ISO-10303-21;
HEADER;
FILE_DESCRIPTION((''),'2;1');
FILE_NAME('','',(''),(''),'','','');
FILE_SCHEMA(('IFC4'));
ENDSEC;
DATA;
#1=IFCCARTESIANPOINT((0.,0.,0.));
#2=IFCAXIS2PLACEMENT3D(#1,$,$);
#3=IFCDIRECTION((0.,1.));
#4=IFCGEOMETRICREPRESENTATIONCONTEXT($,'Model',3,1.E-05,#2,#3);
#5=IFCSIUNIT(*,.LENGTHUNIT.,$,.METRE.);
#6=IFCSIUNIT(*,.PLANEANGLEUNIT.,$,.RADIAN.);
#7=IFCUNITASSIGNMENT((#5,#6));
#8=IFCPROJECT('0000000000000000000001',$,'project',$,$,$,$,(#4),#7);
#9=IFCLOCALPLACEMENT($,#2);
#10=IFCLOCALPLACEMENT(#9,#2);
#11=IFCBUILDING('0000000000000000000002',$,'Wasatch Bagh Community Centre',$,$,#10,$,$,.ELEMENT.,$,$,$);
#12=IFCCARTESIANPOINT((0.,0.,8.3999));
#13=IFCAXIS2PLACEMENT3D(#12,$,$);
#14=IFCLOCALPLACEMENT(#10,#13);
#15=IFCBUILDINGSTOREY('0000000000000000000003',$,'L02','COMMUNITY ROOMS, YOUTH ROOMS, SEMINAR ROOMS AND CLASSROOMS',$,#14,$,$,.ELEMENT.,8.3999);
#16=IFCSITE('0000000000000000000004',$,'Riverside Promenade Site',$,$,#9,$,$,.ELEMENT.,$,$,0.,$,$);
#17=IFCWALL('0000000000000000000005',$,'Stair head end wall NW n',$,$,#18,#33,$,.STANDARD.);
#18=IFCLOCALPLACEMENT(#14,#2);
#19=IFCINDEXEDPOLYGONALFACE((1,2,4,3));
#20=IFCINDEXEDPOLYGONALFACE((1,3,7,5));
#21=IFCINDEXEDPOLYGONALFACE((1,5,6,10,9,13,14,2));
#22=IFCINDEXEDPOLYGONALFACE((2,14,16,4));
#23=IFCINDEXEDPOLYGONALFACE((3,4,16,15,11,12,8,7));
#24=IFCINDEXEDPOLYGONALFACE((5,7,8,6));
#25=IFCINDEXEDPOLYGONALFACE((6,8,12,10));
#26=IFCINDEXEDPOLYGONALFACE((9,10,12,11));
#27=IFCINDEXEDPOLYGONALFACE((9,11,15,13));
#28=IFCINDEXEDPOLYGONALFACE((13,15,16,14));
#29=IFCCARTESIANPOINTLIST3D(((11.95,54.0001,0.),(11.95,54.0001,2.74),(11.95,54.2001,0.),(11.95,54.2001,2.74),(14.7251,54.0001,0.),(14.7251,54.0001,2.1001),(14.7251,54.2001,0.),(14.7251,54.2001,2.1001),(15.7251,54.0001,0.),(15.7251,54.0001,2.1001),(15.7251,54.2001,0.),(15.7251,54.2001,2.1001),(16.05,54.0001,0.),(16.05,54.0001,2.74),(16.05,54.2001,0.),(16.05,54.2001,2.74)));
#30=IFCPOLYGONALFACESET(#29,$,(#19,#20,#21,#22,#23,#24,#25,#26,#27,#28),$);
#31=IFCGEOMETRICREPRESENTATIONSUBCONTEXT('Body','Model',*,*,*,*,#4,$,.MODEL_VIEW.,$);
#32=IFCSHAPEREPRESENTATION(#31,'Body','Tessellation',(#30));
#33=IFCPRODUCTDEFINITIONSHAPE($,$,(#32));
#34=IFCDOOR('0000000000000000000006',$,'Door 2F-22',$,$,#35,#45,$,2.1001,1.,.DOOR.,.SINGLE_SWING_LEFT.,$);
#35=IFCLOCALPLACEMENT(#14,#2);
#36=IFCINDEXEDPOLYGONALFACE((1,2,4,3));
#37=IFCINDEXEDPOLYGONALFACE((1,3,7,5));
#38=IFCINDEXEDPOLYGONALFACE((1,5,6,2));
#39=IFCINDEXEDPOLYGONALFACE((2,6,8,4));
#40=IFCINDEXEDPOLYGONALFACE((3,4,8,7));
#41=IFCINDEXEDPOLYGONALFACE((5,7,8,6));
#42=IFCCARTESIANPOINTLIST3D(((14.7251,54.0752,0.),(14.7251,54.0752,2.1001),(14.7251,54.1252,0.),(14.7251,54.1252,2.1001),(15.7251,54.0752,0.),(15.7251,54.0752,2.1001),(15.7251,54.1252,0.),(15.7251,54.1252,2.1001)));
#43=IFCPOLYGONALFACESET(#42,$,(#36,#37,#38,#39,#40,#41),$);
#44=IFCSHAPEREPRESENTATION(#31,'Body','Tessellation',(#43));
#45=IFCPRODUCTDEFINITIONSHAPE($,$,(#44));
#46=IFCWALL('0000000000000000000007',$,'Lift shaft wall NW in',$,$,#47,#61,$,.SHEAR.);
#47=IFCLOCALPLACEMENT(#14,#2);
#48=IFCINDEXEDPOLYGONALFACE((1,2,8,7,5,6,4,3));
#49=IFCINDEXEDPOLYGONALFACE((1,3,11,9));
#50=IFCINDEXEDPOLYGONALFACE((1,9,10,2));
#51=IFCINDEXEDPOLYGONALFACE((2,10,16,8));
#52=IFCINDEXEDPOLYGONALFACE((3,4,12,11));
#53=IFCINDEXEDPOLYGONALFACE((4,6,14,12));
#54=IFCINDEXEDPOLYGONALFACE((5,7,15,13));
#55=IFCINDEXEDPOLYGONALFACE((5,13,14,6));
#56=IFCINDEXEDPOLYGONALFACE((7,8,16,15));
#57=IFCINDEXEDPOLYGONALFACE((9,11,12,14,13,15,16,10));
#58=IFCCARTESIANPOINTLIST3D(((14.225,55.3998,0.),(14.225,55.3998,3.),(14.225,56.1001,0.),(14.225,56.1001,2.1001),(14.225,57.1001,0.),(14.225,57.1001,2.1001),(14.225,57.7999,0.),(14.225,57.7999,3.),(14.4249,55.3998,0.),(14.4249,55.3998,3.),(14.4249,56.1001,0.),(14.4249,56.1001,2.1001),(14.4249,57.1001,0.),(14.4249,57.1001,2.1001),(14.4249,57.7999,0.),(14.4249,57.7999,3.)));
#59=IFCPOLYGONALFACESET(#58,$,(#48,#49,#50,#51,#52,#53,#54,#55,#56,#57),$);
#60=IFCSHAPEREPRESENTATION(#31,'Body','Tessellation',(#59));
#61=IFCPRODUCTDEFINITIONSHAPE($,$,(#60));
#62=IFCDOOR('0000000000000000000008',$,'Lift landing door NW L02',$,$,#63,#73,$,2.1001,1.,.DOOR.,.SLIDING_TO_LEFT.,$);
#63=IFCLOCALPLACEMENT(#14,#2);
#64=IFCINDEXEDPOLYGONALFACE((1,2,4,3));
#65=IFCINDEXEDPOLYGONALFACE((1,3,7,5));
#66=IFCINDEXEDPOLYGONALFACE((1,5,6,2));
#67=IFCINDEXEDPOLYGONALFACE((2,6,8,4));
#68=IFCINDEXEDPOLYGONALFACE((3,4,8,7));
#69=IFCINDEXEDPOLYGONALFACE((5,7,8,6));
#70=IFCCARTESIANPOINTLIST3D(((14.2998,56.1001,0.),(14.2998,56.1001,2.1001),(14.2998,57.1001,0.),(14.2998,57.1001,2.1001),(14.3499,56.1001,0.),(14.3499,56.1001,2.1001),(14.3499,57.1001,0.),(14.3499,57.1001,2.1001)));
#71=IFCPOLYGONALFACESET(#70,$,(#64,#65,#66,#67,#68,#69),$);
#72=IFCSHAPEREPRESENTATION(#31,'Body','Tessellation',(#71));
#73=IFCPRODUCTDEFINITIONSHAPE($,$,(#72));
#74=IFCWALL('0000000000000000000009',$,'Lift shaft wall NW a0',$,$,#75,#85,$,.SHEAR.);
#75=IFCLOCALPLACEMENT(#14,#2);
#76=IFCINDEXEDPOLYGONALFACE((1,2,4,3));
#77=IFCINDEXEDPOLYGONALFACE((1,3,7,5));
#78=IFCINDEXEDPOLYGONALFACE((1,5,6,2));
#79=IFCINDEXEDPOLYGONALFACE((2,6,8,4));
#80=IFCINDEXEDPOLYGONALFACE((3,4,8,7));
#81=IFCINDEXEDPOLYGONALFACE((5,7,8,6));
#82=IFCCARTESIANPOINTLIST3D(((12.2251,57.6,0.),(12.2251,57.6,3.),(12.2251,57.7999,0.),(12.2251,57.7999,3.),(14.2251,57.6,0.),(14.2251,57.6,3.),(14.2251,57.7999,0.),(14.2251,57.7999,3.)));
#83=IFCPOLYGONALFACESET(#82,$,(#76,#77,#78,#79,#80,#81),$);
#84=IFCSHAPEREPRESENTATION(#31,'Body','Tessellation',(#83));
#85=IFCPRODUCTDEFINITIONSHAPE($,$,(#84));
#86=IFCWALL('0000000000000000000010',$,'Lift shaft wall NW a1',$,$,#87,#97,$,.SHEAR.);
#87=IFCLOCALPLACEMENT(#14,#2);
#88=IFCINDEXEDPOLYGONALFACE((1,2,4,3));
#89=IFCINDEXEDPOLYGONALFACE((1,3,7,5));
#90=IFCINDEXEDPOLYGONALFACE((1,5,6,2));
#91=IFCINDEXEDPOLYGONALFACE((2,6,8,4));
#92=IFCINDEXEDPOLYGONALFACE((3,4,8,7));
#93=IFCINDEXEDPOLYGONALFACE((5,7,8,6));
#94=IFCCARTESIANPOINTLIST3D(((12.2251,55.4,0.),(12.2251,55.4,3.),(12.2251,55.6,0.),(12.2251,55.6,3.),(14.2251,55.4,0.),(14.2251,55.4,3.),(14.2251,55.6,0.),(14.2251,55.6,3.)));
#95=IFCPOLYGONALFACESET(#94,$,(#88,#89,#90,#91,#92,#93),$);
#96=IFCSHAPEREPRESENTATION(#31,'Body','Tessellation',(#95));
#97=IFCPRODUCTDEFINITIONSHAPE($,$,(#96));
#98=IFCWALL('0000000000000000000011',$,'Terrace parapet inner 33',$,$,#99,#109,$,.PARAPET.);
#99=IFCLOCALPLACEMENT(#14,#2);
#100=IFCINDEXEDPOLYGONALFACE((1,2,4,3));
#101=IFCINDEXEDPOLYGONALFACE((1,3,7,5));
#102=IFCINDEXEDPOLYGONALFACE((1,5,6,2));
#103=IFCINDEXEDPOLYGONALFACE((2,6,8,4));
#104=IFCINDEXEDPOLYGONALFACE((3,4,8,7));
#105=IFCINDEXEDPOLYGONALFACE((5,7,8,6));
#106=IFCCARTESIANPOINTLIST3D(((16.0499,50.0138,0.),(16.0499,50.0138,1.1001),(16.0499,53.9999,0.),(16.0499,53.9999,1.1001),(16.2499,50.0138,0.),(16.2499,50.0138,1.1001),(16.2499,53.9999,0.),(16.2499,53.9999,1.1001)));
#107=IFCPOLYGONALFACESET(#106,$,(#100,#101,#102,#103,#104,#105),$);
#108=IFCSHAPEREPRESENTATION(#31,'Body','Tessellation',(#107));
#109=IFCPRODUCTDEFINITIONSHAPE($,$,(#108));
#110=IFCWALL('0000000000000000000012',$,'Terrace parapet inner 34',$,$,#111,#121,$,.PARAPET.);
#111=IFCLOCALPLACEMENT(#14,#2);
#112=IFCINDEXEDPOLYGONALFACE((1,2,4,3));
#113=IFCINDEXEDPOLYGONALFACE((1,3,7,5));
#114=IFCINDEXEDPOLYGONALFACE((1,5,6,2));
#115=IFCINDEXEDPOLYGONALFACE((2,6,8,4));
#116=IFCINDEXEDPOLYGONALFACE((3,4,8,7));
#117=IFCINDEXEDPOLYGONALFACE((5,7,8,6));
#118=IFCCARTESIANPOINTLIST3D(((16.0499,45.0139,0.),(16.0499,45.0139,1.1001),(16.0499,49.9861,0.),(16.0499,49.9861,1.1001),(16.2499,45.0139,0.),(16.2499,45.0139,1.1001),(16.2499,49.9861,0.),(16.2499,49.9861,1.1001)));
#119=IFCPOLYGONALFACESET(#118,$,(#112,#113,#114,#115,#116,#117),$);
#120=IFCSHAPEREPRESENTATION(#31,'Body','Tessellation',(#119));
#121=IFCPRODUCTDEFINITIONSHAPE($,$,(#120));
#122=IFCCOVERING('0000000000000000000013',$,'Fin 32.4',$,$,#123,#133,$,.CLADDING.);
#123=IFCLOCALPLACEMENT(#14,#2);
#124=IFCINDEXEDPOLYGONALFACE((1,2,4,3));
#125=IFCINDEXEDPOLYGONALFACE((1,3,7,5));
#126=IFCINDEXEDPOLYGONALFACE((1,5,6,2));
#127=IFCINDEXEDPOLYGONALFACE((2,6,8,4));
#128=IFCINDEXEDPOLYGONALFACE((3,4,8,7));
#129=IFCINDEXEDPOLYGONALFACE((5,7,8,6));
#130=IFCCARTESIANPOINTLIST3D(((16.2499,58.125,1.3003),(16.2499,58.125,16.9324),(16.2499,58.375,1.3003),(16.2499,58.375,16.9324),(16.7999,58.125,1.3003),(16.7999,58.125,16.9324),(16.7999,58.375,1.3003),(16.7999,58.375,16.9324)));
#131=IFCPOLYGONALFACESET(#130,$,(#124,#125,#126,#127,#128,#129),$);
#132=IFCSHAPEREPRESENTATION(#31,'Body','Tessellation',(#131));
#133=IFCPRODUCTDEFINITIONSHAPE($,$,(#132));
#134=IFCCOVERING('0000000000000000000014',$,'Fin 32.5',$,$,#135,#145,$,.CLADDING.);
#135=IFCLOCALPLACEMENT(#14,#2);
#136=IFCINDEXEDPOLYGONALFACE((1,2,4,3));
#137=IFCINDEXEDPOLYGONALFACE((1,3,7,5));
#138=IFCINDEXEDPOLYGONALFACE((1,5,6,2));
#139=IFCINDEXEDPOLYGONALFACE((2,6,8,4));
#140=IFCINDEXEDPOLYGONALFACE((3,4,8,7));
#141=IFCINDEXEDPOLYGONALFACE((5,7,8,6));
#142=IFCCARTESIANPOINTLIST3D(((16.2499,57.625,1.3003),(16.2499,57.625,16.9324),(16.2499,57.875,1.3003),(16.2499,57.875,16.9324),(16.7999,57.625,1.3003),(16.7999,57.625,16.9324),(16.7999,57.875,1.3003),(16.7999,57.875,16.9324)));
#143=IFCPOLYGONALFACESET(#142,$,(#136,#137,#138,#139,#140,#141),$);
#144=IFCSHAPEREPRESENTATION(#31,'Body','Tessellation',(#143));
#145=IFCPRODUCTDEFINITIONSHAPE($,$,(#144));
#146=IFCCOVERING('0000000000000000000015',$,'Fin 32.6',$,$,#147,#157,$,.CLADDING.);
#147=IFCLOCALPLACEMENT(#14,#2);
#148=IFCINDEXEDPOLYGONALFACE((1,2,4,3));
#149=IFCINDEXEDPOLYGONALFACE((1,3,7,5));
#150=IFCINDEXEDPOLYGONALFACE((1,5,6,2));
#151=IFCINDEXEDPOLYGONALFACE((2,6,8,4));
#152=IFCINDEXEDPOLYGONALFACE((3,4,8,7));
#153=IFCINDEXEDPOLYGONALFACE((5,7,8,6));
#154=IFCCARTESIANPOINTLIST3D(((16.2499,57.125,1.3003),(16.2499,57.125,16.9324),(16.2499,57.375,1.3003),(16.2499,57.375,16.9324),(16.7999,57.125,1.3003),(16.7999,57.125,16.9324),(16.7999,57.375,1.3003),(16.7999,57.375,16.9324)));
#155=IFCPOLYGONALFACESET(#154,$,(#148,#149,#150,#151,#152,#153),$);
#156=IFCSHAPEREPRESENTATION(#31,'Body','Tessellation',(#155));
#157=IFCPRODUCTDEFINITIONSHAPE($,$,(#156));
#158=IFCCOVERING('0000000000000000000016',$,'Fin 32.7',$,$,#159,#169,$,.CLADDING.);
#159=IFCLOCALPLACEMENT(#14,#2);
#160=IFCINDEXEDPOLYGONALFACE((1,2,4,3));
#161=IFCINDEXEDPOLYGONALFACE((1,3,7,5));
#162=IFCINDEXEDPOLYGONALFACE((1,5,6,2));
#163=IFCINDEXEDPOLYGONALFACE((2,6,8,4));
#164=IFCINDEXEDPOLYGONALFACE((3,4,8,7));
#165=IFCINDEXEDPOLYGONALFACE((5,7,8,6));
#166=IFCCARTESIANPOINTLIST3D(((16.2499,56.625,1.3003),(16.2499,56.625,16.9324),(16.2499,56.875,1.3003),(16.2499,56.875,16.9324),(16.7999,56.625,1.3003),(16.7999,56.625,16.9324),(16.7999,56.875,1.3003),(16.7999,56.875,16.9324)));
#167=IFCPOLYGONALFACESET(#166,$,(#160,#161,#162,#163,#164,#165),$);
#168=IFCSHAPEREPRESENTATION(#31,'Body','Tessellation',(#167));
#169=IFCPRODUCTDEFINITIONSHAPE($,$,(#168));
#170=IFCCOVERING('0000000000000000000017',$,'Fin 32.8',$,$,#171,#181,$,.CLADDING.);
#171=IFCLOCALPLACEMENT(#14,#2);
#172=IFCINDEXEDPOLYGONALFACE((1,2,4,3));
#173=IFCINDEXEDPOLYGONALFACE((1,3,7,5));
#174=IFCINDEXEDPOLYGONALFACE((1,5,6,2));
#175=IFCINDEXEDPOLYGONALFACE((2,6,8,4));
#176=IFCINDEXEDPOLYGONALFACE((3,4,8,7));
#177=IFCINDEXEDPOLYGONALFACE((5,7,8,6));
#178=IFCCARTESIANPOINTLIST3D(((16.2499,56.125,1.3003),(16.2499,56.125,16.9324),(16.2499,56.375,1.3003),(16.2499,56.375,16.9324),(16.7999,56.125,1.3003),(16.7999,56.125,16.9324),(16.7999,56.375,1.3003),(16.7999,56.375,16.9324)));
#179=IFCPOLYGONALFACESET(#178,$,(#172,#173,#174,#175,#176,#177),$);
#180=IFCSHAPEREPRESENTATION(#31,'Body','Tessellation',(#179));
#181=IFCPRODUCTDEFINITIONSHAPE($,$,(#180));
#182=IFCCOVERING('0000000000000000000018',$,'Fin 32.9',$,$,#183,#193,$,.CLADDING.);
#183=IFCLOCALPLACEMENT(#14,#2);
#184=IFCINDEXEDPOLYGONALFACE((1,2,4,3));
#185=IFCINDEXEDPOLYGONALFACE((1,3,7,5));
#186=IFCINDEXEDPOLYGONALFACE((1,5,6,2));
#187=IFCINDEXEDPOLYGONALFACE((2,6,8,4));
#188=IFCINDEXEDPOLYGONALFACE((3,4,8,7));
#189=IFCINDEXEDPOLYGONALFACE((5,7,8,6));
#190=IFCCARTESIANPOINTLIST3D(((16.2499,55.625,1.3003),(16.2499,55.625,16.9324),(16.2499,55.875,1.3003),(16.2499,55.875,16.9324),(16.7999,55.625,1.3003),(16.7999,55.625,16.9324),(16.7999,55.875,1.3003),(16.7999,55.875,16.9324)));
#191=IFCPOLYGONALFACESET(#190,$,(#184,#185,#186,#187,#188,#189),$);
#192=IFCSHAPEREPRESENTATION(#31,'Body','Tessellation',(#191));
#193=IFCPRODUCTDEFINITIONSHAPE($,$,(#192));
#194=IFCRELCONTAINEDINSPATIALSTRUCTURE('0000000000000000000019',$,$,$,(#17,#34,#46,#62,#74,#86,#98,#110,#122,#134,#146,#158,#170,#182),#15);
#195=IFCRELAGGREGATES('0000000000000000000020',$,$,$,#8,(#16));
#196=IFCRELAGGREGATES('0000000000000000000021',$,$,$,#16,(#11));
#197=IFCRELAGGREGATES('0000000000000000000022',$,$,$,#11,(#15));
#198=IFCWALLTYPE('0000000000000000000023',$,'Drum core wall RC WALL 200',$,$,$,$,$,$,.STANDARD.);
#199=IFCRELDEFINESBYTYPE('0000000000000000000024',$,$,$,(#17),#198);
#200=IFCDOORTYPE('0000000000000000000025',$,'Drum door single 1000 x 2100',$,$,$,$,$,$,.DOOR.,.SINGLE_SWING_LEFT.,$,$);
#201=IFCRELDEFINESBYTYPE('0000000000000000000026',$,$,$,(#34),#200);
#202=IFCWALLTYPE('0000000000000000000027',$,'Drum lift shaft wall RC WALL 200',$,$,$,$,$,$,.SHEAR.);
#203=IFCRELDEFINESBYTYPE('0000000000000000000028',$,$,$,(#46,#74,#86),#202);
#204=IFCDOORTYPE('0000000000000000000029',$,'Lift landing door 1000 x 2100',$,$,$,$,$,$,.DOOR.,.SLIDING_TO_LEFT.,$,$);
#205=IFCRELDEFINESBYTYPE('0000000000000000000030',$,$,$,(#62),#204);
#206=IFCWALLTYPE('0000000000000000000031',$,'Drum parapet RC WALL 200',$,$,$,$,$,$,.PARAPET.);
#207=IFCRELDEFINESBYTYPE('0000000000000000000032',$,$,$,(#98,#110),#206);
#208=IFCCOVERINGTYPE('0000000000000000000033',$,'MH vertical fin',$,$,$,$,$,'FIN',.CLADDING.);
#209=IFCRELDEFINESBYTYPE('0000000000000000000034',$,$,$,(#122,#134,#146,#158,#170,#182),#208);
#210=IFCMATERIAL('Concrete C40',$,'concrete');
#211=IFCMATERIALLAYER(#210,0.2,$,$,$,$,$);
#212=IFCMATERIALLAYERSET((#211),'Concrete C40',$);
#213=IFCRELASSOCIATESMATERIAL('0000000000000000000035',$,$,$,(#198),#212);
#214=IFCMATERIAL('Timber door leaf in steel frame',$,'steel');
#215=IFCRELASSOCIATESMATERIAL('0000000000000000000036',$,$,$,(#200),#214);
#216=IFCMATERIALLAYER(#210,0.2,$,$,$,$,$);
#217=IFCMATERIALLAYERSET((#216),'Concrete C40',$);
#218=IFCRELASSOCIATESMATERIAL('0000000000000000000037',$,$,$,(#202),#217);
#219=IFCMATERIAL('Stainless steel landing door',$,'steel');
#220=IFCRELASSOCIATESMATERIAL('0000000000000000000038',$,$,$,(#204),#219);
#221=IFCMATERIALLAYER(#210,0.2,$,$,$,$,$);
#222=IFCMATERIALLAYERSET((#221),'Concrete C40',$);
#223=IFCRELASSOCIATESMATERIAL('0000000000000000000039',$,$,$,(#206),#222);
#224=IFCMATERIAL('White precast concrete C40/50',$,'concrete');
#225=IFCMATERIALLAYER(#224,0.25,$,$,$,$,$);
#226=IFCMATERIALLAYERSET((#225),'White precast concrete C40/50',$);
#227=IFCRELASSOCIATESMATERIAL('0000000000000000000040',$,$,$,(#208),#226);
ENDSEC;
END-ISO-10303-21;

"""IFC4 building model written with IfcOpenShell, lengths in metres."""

from ifc_helpers import new_model, si_unit, direction, frame, frame_2d, origin, origin_2d, place, context, subcontext, project, spatial, rectangle, extrude, material, layer, layer_set, type_object, element, fill, save


model = new_model("IFC4")

# Units and contexts
model_context = context("Model", 3, precision=1e-05, world=origin(), true_north=direction((0.0, 1.0)))
body_context = subcontext(model_context, "Body", "Model", "MODEL_VIEW")
ifc_project = project(units=[si_unit("LENGTHUNIT", "METRE"), si_unit("PLANEANGLEUNIT", "RADIAN")], contexts=[model_context])

# Site, building, storey
site_placement = place(None, origin())
site = spatial("IfcSite", under=ifc_project, at=site_placement, Name="Riverside Promenade Site", CompositionType="ELEMENT", RefElevation=0.0)
building_placement = place(site_placement, origin())
building = spatial("IfcBuilding", under=site, at=building_placement, Name="Wasatch Bagh Community Centre", CompositionType="ELEMENT")
storey_placement = place(building_placement, frame((0.0, 0.0, 8.3999)))
storey = spatial("IfcBuildingStorey", under=building, at=storey_placement, Name="L02", Description="COMMUNITY ROOMS, YOUTH ROOMS, SEMINAR ROOMS AND CLASSROOMS", CompositionType="ELEMENT", Elevation=8.3999)

# Walls, openings, doors
ifc_material_1 = material(Name="Concrete C40", Category="concrete")
ifc_layer_1 = layer(ifc_material_1, 0.2)
ifc_layer_set_1 = layer_set([ifc_layer_1], Name="Concrete C40")
wall_type_1 = type_object("IfcWallType", Name="Drum core wall RC WALL 200", PredefinedType="STANDARD", material=ifc_layer_set_1)
wall_1_placement = place(storey_placement, frame((16.05, 54.1001, 0.0), z_axis=(0.0, 0.0, 1.0), x_axis=(-1.0, 0.0, 0.0)))
wall_1 = element("IfcWall", 1, at=wall_1_placement, inside=storey, type_object=wall_type_1, Name="Stair head end wall NW n", PredefinedType="STANDARD", context=body_context, shape_type="SweptSolid", body=[
    extrude(rectangle(XDim=4.1001, YDim=0.2, at=frame_2d((2.05, 0.0))), origin(), (0.0, 0.0, 1.0), 2.74),
])
opening_1_placement = place(wall_1_placement, frame((0.325, 0.0, 0.0)))
opening_1 = element("IfcOpeningElement", 2, at=opening_1_placement, cuts=wall_1, PredefinedType="OPENING", context=body_context, shape_type="SweptSolid", body=[
    extrude(rectangle(XDim=1.0, YDim=2.1001, at=frame_2d((0.5, 1.05))), frame((0.0, 0.1099, 0.0), z_axis=(0.0, -1.0, 0.0), x_axis=(1.0, 0.0, 0.0)), (0.0, 0.0, 1.0), 0.22),
])
ifc_material_2 = material(Name="Timber door leaf in steel frame", Category="steel")
door_type_1 = type_object("IfcDoorType", Name="Drum door single 1000 x 2100", OperationType="SINGLE_SWING_LEFT", PredefinedType="DOOR", material=ifc_material_2)
door_1_placement = place(opening_1_placement, origin())
door_1 = element("IfcDoor", 3, at=door_1_placement, inside=storey, type_object=door_type_1, Name="Door 2F-22", OperationType="SINGLE_SWING_LEFT", OverallHeight=2.1001, OverallWidth=1.0, PredefinedType="DOOR", context=body_context, shape_type="SweptSolid", body=[
    extrude(rectangle(XDim=1.0, YDim=2.1001, at=frame_2d((0.5, 1.05))), frame((0.0, 0.0249, 0.0), z_axis=(0.0, -1.0, 0.0), x_axis=(1.0, 0.0, 0.0)), (0.0, 0.0, 1.0), 0.05),
])
fill(opening_1, door_1)
ifc_layer_2 = layer(ifc_material_1, 0.2)
ifc_layer_set_2 = layer_set([ifc_layer_2], Name="Concrete C40")
wall_type_2 = type_object("IfcWallType", Name="Drum lift shaft wall RC WALL 200", PredefinedType="SHEAR", material=ifc_layer_set_2)
wall_2_placement = place(storey_placement, frame((14.325, 57.8, 0.0), z_axis=(0.0, 0.0, 1.0), x_axis=(0.0, -1.0, 0.0)))
wall_2 = element("IfcWall", 4, at=wall_2_placement, inside=storey, type_object=wall_type_2, Name="Lift shaft wall NW in", PredefinedType="SHEAR", context=body_context, shape_type="SweptSolid", body=[
    extrude(rectangle(XDim=2.4001, YDim=0.2, at=frame_2d((1.2002, 0.0))), origin(), (0.0, 0.0, 1.0), 3.0),
])
opening_2_placement = place(wall_2_placement, frame((0.7, 0.0, 0.0)))
opening_2 = element("IfcOpeningElement", 5, at=opening_2_placement, cuts=wall_2, PredefinedType="OPENING", context=body_context, shape_type="SweptSolid", body=[
    extrude(rectangle(XDim=1.0, YDim=2.1001, at=frame_2d((0.5, 1.05))), frame((0.0, 0.1099, 0.0), z_axis=(0.0, -1.0, 0.0), x_axis=(1.0, 0.0, 0.0)), (0.0, 0.0, 1.0), 0.22),
])
ifc_material_3 = material(Name="Stainless steel landing door", Category="steel")
door_type_2 = type_object("IfcDoorType", Name="Lift landing door 1000 x 2100", OperationType="SLIDING_TO_LEFT", PredefinedType="DOOR", material=ifc_material_3)
door_2_placement = place(opening_2_placement, origin())
door_2 = element("IfcDoor", 6, at=door_2_placement, inside=storey, type_object=door_type_2, Name="Lift landing door NW L02", OperationType="SLIDING_TO_LEFT", OverallHeight=2.1001, OverallWidth=1.0, PredefinedType="DOOR", context=body_context, shape_type="SweptSolid", body=[
    extrude(rectangle(XDim=1.0, YDim=2.1001, at=frame_2d((0.5, 1.05))), frame((0.0, 0.0249, 0.0), z_axis=(0.0, -1.0, 0.0), x_axis=(1.0, 0.0, 0.0)), (0.0, 0.0, 1.0), 0.05),
])
fill(opening_2, door_2)

# Walls
for number, where, z_axis, x_axis, name in (
    (7, (14.2251, 57.7, 0.0), (0.0, 0.0, 1.0), (-1.0, 0.0, 0.0), "Lift shaft wall NW a0"),
    (8, (14.2251, 55.5, 0.0), (0.0, 0.0, 1.0), (-1.0, 0.0, 0.0), "Lift shaft wall NW a1"),
):
    element("IfcWall", number, at=place(storey_placement, frame(where, z_axis=z_axis, x_axis=x_axis)), inside=storey, type_object=wall_type_2, Name=name, PredefinedType="SHEAR", context=body_context, shape_type="SweptSolid", body=[
        extrude(rectangle(XDim=2.0, YDim=0.2, at=frame_2d((1.0, 0.0))), origin(), (0.0, 0.0, 1.0), 3.0),
    ])
ifc_layer_3 = layer(ifc_material_1, 0.2)
ifc_layer_set_3 = layer_set([ifc_layer_3], Name="Concrete C40")
wall_type_3 = type_object("IfcWallType", Name="Drum parapet RC WALL 200", PredefinedType="PARAPET", material=ifc_layer_set_3)
wall_3_placement = place(storey_placement, frame((16.1499, 54.0, 0.0), z_axis=(0.0, 0.0, 1.0), x_axis=(0.0, -1.0, 0.0)))
element("IfcWall", 9, at=wall_3_placement, inside=storey, type_object=wall_type_3, Name="Terrace parapet inner 33", PredefinedType="PARAPET", context=body_context, shape_type="SweptSolid", body=[
    extrude(rectangle(XDim=3.9861, YDim=0.2, at=frame_2d((1.9932, 0.0))), origin(), (0.0, 0.0, 1.0), 1.1001),
])
wall_4_placement = place(storey_placement, frame((16.1499, 49.9861, 0.0), z_axis=(0.0, 0.0, 1.0), x_axis=(0.0, -1.0, 0.0)))
element("IfcWall", 10, at=wall_4_placement, inside=storey, type_object=wall_type_3, Name="Terrace parapet inner 34", PredefinedType="PARAPET", context=body_context, shape_type="SweptSolid", body=[
    extrude(rectangle(XDim=4.9722, YDim=0.2, at=frame_2d((2.4861, 0.0))), origin(), (0.0, 0.0, 1.0), 1.1001),
])

# Coverings
ifc_material_4 = material(Name="White precast concrete C40/50", Category="concrete")
ifc_layer_4 = layer(ifc_material_4, 0.25)
ifc_layer_set_4 = layer_set([ifc_layer_4], Name="White precast concrete C40/50")
covering_type = type_object("IfcCoveringType", Name="MH vertical fin", ElementType="FIN", PredefinedType="CLADDING", material=ifc_layer_set_4)
for number, where, z_axis, x_axis, name in (
    (11, (16.5249, 58.25, 1.3003), (0.0, 0.0, 1.0), (0.0, -1.0, 0.0), "Fin 32.4"),
    (12, (16.5249, 57.75, 1.3003), (0.0, 0.0, 1.0), (0.0, -1.0, 0.0), "Fin 32.5"),
    (13, (16.5249, 57.25, 1.3003), (0.0, 0.0, 1.0), (0.0, -1.0, 0.0), "Fin 32.6"),
    (14, (16.5249, 56.75, 1.3003), (0.0, 0.0, 1.0), (0.0, -1.0, 0.0), "Fin 32.7"),
    (15, (16.5249, 56.25, 1.3003), (0.0, 0.0, 1.0), (0.0, -1.0, 0.0), "Fin 32.8"),
    (16, (16.5249, 55.75, 1.3003), (0.0, 0.0, 1.0), (0.0, -1.0, 0.0), "Fin 32.9"),
):
    element("IfcCovering", number, at=place(storey_placement, frame(where, z_axis=z_axis, x_axis=x_axis)), inside=storey, type_object=covering_type, Name=name, PredefinedType="CLADDING", context=body_context, shape_type="SweptSolid", body=[
        extrude(rectangle(XDim=0.25, YDim=0.55, at=origin_2d()), origin(), (0.0, 0.0, 1.0), 15.6321),
    ])

save(model, "model.ifc")
